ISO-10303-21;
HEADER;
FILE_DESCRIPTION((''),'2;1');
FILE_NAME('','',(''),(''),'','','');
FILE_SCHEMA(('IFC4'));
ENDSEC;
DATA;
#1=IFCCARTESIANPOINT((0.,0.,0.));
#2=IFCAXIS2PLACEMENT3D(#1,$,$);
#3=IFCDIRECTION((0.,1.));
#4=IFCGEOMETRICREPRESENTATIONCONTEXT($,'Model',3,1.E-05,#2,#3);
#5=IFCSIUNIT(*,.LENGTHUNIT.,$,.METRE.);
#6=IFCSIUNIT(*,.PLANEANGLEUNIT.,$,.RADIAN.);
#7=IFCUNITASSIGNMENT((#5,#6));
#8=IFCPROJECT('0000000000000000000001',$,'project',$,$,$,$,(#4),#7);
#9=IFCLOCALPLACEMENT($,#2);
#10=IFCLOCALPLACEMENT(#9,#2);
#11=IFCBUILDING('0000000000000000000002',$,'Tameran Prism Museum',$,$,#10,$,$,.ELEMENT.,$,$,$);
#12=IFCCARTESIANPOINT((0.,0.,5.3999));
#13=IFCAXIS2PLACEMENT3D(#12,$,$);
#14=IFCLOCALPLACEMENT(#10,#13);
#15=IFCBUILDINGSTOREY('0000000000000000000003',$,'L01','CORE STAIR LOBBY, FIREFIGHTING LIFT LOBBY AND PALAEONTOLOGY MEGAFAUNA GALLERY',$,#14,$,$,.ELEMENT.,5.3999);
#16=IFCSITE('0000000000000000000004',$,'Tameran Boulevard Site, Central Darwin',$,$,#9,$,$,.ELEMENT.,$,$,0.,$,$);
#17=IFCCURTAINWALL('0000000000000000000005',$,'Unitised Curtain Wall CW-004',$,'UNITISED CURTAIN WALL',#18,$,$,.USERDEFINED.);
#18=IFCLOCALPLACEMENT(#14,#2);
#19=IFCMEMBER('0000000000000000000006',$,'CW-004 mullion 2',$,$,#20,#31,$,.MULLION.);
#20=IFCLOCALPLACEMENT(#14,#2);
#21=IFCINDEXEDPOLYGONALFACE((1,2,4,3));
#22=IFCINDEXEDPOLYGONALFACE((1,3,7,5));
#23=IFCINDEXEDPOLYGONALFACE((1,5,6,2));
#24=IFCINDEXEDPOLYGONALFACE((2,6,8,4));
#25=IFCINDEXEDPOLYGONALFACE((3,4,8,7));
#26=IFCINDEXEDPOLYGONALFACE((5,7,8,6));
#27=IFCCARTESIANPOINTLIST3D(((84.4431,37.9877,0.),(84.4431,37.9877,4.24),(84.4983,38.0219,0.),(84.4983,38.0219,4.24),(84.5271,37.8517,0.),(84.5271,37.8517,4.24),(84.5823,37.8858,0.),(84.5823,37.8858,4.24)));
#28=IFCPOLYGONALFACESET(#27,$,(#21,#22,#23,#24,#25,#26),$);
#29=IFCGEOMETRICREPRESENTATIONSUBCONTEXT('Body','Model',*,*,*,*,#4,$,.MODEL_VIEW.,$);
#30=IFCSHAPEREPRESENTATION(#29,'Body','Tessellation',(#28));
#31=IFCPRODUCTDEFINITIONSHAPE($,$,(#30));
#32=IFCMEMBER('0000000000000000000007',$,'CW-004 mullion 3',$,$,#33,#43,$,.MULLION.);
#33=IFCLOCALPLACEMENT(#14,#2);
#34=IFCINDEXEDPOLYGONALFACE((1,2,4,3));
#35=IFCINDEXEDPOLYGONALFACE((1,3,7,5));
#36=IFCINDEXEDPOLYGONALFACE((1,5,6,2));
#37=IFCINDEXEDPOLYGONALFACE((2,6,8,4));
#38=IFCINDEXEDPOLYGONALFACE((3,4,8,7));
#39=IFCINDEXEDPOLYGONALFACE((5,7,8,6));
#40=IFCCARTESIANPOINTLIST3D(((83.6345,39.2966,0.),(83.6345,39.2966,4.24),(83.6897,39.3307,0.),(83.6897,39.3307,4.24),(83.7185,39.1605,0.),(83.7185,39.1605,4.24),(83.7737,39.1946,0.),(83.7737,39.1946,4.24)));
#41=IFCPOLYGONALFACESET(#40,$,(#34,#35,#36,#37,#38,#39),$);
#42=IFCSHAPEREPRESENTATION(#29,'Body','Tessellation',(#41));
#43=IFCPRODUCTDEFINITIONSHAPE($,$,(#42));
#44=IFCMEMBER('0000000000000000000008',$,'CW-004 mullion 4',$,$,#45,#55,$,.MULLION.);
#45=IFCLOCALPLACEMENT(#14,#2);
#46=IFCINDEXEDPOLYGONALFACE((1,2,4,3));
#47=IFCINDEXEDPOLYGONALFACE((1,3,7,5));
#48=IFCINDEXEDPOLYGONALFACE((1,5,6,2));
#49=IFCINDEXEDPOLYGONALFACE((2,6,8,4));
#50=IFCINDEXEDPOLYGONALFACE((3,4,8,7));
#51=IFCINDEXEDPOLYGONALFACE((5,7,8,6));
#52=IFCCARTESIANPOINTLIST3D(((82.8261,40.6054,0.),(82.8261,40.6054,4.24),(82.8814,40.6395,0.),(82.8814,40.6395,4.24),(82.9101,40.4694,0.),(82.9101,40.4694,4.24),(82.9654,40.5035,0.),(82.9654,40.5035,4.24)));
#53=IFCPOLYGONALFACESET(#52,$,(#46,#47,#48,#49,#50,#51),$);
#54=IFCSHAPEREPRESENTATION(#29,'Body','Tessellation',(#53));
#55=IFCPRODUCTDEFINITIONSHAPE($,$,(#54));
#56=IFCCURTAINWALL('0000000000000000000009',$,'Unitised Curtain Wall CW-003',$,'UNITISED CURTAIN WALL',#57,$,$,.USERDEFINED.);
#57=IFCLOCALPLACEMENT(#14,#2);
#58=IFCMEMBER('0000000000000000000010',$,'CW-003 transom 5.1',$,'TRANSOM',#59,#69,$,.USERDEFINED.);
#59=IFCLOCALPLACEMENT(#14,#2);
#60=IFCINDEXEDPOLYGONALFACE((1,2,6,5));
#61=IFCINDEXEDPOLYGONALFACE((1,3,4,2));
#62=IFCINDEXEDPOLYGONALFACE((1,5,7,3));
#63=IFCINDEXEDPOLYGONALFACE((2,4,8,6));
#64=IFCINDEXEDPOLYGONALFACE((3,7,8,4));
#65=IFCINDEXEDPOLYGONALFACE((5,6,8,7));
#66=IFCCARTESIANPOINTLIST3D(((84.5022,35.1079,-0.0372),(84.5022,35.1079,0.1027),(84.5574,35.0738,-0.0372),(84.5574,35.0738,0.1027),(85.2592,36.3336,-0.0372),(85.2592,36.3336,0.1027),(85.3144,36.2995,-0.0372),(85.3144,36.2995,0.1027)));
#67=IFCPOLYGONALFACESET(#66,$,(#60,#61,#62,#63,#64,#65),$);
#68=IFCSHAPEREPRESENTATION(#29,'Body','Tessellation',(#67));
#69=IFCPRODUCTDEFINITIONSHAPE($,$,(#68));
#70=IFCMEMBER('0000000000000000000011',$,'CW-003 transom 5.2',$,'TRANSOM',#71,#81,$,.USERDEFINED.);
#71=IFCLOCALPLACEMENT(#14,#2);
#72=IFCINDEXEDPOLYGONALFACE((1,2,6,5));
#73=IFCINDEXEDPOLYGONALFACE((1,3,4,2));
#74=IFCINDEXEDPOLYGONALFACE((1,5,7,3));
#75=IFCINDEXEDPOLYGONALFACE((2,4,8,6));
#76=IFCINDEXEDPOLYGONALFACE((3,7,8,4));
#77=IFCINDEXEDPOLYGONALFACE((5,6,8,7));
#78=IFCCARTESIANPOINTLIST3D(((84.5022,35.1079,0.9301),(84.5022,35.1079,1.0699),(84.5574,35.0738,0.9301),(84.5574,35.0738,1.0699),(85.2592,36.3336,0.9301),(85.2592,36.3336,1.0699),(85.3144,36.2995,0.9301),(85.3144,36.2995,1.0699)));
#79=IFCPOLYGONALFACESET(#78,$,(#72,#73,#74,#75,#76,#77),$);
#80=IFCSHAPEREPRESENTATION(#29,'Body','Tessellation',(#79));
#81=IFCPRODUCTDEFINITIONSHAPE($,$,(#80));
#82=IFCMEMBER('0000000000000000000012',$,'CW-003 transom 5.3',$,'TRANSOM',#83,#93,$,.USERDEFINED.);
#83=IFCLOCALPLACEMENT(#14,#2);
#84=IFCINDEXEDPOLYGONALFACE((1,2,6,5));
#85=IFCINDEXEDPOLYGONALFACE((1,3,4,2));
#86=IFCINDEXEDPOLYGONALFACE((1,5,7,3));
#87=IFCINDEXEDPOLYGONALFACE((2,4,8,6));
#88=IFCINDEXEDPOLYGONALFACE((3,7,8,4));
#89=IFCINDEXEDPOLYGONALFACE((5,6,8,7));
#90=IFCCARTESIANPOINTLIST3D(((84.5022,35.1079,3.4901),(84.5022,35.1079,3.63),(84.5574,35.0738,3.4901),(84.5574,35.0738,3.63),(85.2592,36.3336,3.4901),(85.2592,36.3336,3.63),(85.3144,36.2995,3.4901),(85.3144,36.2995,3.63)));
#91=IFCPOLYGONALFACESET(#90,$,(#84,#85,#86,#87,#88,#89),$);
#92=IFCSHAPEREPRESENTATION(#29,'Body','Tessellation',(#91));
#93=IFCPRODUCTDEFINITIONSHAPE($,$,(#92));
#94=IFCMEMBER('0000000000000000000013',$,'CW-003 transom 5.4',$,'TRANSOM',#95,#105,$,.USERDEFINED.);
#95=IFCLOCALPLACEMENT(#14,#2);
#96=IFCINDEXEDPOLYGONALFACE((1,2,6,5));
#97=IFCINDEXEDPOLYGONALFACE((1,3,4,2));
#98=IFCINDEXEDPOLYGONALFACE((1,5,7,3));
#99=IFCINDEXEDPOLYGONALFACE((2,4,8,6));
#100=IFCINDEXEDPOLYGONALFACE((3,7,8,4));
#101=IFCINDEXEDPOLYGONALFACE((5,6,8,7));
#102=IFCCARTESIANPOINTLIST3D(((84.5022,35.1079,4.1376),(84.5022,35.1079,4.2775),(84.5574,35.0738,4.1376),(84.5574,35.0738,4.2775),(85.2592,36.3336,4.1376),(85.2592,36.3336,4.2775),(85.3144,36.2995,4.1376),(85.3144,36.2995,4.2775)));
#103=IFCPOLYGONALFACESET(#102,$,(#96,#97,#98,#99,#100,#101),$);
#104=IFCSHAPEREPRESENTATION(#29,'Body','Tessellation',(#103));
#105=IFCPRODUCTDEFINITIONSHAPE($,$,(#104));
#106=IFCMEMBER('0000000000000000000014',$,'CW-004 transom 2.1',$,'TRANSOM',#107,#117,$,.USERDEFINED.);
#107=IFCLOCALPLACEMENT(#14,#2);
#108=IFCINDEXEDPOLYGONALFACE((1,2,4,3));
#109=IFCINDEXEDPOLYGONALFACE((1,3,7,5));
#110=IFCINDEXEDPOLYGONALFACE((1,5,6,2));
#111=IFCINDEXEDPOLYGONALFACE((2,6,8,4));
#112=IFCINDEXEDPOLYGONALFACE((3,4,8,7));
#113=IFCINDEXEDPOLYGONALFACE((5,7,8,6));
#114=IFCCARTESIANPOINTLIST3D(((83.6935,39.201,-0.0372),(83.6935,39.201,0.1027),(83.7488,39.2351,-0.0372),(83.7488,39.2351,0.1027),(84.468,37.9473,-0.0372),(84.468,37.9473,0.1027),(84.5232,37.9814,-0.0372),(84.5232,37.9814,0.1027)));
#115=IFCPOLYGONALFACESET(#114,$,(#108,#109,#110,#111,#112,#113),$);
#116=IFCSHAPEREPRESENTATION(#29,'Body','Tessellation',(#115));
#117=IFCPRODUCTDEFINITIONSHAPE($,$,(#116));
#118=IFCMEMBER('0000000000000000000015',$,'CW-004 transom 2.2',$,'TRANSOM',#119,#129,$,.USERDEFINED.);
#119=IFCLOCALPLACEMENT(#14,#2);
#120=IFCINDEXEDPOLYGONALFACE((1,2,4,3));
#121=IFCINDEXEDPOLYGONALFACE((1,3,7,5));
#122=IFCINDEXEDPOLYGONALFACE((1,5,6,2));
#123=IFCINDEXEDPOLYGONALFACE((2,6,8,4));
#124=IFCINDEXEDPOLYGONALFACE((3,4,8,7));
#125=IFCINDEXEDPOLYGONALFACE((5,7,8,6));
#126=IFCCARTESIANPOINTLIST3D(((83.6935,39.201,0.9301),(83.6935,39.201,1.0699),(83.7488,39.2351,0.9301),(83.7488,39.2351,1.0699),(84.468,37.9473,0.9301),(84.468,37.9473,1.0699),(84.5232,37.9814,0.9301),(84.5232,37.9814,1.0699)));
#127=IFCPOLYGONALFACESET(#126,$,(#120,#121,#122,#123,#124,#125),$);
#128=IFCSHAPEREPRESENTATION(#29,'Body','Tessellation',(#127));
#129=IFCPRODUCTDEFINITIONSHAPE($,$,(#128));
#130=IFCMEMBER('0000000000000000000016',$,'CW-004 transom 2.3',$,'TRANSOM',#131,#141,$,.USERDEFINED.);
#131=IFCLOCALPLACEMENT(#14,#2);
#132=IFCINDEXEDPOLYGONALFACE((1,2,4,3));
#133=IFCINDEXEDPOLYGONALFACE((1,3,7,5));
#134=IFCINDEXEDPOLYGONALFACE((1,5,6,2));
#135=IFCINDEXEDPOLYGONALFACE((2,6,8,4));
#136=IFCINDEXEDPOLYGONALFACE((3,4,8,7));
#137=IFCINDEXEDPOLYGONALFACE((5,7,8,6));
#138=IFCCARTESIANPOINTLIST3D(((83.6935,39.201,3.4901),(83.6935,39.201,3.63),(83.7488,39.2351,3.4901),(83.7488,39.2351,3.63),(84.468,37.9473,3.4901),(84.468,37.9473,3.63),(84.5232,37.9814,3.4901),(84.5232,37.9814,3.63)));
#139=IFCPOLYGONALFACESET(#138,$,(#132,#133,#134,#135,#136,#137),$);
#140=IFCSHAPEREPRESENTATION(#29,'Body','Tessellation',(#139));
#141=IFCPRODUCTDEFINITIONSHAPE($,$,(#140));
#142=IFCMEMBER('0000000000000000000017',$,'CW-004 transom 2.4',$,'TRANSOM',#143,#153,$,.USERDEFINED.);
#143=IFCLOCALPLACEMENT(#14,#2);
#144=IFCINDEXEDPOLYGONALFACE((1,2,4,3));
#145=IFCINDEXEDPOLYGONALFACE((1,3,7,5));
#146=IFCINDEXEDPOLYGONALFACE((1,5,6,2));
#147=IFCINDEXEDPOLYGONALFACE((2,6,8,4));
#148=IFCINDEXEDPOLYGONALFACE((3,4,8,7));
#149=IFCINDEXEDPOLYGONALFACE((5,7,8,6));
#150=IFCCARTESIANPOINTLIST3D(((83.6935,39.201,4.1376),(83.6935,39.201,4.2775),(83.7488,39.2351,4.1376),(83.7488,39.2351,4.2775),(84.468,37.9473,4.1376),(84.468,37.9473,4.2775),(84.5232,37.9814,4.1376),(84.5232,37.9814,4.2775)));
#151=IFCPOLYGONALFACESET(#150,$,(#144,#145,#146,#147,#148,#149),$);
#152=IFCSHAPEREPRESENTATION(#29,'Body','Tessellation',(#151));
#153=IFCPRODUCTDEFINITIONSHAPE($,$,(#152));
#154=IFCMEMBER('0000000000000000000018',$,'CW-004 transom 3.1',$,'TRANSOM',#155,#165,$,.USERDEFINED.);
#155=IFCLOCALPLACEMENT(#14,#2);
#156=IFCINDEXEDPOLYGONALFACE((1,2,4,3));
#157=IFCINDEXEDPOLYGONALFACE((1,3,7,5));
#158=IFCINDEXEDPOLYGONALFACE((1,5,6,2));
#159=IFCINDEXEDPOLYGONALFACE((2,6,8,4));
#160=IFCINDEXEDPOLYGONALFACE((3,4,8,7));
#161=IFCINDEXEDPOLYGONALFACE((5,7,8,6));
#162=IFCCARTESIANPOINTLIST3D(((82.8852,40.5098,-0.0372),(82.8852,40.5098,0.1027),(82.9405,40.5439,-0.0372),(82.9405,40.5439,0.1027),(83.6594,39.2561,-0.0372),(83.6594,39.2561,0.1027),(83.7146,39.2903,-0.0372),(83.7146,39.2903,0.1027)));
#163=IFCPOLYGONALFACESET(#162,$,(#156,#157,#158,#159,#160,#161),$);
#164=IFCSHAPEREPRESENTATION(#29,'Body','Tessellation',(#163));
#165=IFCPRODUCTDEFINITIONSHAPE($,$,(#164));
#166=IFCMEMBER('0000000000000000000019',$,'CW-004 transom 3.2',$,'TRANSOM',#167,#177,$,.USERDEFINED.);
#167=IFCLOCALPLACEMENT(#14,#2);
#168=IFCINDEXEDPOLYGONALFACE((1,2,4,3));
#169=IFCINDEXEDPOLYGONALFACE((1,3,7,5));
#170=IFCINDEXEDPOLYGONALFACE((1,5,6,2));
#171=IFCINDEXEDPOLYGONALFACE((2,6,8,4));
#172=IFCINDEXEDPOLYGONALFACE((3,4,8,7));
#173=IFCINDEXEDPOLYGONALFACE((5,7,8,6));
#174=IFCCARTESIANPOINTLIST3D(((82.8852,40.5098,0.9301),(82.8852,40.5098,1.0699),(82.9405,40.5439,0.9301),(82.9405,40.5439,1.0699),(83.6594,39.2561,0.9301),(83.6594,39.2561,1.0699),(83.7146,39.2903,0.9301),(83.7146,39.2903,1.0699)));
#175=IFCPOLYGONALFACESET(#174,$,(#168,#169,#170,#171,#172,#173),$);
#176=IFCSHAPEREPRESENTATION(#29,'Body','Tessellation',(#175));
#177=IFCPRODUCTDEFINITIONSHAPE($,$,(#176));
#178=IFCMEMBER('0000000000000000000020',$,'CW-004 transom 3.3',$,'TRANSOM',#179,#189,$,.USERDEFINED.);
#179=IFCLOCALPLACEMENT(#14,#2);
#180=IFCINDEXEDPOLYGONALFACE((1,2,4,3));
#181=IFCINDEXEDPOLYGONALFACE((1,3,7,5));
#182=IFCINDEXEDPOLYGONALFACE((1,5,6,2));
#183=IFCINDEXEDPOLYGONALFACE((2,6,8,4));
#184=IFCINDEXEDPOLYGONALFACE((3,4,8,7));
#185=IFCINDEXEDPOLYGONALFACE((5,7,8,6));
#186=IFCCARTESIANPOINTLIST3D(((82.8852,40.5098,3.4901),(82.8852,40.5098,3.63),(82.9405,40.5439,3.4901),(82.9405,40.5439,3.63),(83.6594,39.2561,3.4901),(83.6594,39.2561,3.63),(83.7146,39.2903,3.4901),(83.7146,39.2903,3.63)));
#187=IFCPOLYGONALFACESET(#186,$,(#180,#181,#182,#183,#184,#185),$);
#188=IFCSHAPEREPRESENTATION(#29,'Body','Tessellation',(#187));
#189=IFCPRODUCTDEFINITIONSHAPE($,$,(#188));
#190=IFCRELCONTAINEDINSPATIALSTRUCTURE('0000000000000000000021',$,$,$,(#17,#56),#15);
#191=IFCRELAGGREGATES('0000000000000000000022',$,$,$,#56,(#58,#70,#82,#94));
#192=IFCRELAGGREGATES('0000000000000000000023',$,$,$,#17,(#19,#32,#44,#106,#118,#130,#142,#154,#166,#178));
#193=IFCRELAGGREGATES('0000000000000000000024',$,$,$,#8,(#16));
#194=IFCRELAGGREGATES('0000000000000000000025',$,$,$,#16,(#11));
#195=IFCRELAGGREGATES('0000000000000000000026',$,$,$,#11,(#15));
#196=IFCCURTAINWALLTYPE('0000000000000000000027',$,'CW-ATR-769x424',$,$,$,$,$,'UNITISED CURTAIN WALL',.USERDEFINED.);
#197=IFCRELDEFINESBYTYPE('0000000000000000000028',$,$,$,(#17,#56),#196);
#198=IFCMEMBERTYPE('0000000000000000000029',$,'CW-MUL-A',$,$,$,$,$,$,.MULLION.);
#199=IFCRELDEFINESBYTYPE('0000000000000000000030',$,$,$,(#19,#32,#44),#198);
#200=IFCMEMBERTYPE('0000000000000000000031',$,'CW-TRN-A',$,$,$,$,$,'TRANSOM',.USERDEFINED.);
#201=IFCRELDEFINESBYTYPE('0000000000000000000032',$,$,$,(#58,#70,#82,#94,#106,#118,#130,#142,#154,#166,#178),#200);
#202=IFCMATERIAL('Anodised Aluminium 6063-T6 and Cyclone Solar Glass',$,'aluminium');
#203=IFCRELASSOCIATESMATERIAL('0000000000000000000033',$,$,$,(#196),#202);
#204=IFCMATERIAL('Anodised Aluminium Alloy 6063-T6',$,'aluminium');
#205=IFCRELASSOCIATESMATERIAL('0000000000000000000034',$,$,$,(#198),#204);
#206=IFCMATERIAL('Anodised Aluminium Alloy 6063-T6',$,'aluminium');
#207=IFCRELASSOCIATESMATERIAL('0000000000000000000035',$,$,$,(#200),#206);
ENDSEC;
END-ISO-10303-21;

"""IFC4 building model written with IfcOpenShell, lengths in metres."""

from ifc_helpers import new_model, si_unit, direction, frame, origin, origin_2d, place, context, subcontext, project, spatial, rectangle, extrude, material, material_profile, profile_set, type_object, element, aggregate, save


model = new_model("IFC4")

# Units and contexts
model_context = context("Model", 3, precision=1e-05, world=origin(), true_north=direction((0.0, 1.0)))
body_context = subcontext(model_context, "Body", "Model", "MODEL_VIEW")
ifc_project = project(units=[si_unit("LENGTHUNIT", "METRE"), si_unit("PLANEANGLEUNIT", "RADIAN")], contexts=[model_context])

# Site, building, storey
site_placement = place(None, origin())
site = spatial("IfcSite", under=ifc_project, at=site_placement, Name="Tameran Boulevard Site, Central Darwin", CompositionType="ELEMENT", RefElevation=0.0)
building_placement = place(site_placement, origin())
building = spatial("IfcBuilding", under=site, at=building_placement, Name="Tameran Prism Museum", CompositionType="ELEMENT")
storey_placement = place(building_placement, frame((0.0, 0.0, 5.3999)))
storey = spatial("IfcBuildingStorey", under=building, at=storey_placement, Name="L01", Description="CORE STAIR LOBBY, FIREFIGHTING LIFT LOBBY AND PALAEONTOLOGY MEGAFAUNA GALLERY", CompositionType="ELEMENT", Elevation=5.3999)

# Curtain walls, members
ifc_material_1 = material(Name="Anodised Aluminium 6063-T6 and Cyclone Solar Glass", Category="aluminium")
curtain_wall_type = type_object("IfcCurtainWallType", Name="CW-ATR-769x424", ElementType="UNITISED CURTAIN WALL", PredefinedType="USERDEFINED", material=ifc_material_1)
curtain_wall_1_placement = place(storey_placement, origin())
curtain_wall_1 = element("IfcCurtainWall", 1, at=curtain_wall_1_placement, inside=storey, type_object=curtain_wall_type, Name="Unitised Curtain Wall CW-004", ObjectType="UNITISED CURTAIN WALL", PredefinedType="USERDEFINED")
ifc_material_2 = material(Name="Anodised Aluminium Alloy 6063-T6", Category="aluminium")
ifc_material_profile_1 = material_profile(ifc_material_2, rectangle(XDim=0.0649, YDim=0.1599, at=origin_2d()))
ifc_profile_set_1 = profile_set([ifc_material_profile_1])
member_type_1 = type_object("IfcMemberType", Name="CW-MUL-A", PredefinedType="MULLION", material=ifc_profile_set_1)
member_1_placement = place(storey_placement, frame((84.5127, 37.9368, 0.0), z_axis=(0.0, 0.0, 1.0), x_axis=(-0.850791, -0.525504, 0.0)))
member_1 = element("IfcMember", 2, at=member_1_placement, type_object=member_type_1, Name="CW-004 mullion 2", PredefinedType="MULLION", context=body_context, shape_type="SweptSolid", body=[
    extrude(rectangle(XDim=0.0649, YDim=0.1599, at=origin_2d()), origin(), (0.0, 0.0, 1.0), 4.24),
])
member_2_placement = place(storey_placement, frame((83.7041, 39.2456, 0.0), z_axis=(0.0, 0.0, 1.0), x_axis=(-0.850791, -0.525504, 0.0)))
member_2 = element("IfcMember", 3, at=member_2_placement, type_object=member_type_1, Name="CW-004 mullion 3", PredefinedType="MULLION", context=body_context, shape_type="SweptSolid", body=[
    extrude(rectangle(XDim=0.0649, YDim=0.1599, at=origin_2d()), origin(), (0.0, 0.0, 1.0), 4.24),
])
member_3_placement = place(storey_placement, frame((82.8958, 40.5544, 0.0), z_axis=(0.0, 0.0, 1.0), x_axis=(-0.850791, -0.525504, 0.0)))
member_3 = element("IfcMember", 4, at=member_3_placement, type_object=member_type_1, Name="CW-004 mullion 4", PredefinedType="MULLION", context=body_context, shape_type="SweptSolid", body=[
    extrude(rectangle(XDim=0.0649, YDim=0.1599, at=origin_2d()), origin(), (0.0, 0.0, 1.0), 4.24),
])
curtain_wall_2_placement = place(storey_placement, origin())
curtain_wall_2 = element("IfcCurtainWall", 5, at=curtain_wall_2_placement, inside=storey, type_object=curtain_wall_type, Name="Unitised Curtain Wall CW-003", ObjectType="UNITISED CURTAIN WALL", PredefinedType="USERDEFINED")
ifc_material_3 = material(Name="Anodised Aluminium Alloy 6063-T6", Category="aluminium")
ifc_material_profile_2 = material_profile(ifc_material_3, rectangle(XDim=0.0649, YDim=0.1399, at=origin_2d()))
ifc_profile_set_2 = profile_set([ifc_material_profile_2])
member_type_2 = type_object("IfcMemberType", Name="CW-TRN-A", ElementType="TRANSOM", PredefinedType="USERDEFINED", material=ifc_profile_set_2)
member_4_placement = place(storey_placement, frame((84.5298, 35.0908, 0.0327), z_axis=(0.525468, 0.850814, 0.0), x_axis=(-0.850814, 0.525468, 0.0)))
member_4 = element("IfcMember", 6, at=member_4_placement, type_object=member_type_2, Name="CW-003 transom 5.1", ObjectType="TRANSOM", PredefinedType="USERDEFINED", context=body_context, shape_type="SweptSolid", body=[
    extrude(rectangle(XDim=0.0649, YDim=0.1399, at=origin_2d()), origin(), (0.0, 0.0, 1.0), 1.4407),
])
member_5_placement = place(storey_placement, frame((84.5298, 35.0908, 1.0), z_axis=(0.525468, 0.850814, 0.0), x_axis=(-0.850814, 0.525468, 0.0)))
member_5 = element("IfcMember", 7, at=member_5_placement, type_object=member_type_2, Name="CW-003 transom 5.2", ObjectType="TRANSOM", PredefinedType="USERDEFINED", context=body_context, shape_type="SweptSolid", body=[
    extrude(rectangle(XDim=0.0649, YDim=0.1399, at=origin_2d()), origin(), (0.0, 0.0, 1.0), 1.4407),
])
member_6_placement = place(storey_placement, frame((84.5298, 35.0908, 3.5601), z_axis=(0.525468, 0.850814, 0.0), x_axis=(-0.850814, 0.525468, 0.0)))
member_6 = element("IfcMember", 8, at=member_6_placement, type_object=member_type_2, Name="CW-003 transom 5.3", ObjectType="TRANSOM", PredefinedType="USERDEFINED", context=body_context, shape_type="SweptSolid", body=[
    extrude(rectangle(XDim=0.0649, YDim=0.1399, at=origin_2d()), origin(), (0.0, 0.0, 1.0), 1.4407),
])
member_7_placement = place(storey_placement, frame((84.5298, 35.0908, 4.2075), z_axis=(0.525468, 0.850814, 0.0), x_axis=(-0.850814, 0.525468, 0.0)))
member_7 = element("IfcMember", 9, at=member_7_placement, type_object=member_type_2, Name="CW-003 transom 5.4", ObjectType="TRANSOM", PredefinedType="USERDEFINED", context=body_context, shape_type="SweptSolid", body=[
    extrude(rectangle(XDim=0.0649, YDim=0.1399, at=origin_2d()), origin(), (0.0, 0.0, 1.0), 1.4407),
])

# Members
member_8_placement = place(storey_placement, frame((84.4956, 37.9644, 0.0327), z_axis=(-0.525539, 0.85077, 0.0), x_axis=(-0.85077, -0.525539, 0.0)))
member_8 = element("IfcMember", 10, at=member_8_placement, type_object=member_type_2, Name="CW-004 transom 2.1", ObjectType="TRANSOM", PredefinedType="USERDEFINED", context=body_context, shape_type="SweptSolid", body=[
    extrude(rectangle(XDim=0.0649, YDim=0.1399, at=origin_2d()), origin(), (0.0, 0.0, 1.0), 1.4736),
])
member_9_placement = place(storey_placement, frame((84.4956, 37.9644, 1.0), z_axis=(-0.525539, 0.85077, 0.0), x_axis=(-0.85077, -0.525539, 0.0)))
member_9 = element("IfcMember", 11, at=member_9_placement, type_object=member_type_2, Name="CW-004 transom 2.2", ObjectType="TRANSOM", PredefinedType="USERDEFINED", context=body_context, shape_type="SweptSolid", body=[
    extrude(rectangle(XDim=0.0649, YDim=0.1399, at=origin_2d()), origin(), (0.0, 0.0, 1.0), 1.4736),
])
member_10_placement = place(storey_placement, frame((84.4956, 37.9644, 3.5601), z_axis=(-0.525539, 0.85077, 0.0), x_axis=(-0.85077, -0.525539, 0.0)))
member_10 = element("IfcMember", 12, at=member_10_placement, type_object=member_type_2, Name="CW-004 transom 2.3", ObjectType="TRANSOM", PredefinedType="USERDEFINED", context=body_context, shape_type="SweptSolid", body=[
    extrude(rectangle(XDim=0.0649, YDim=0.1399, at=origin_2d()), origin(), (0.0, 0.0, 1.0), 1.4736),
])
member_11_placement = place(storey_placement, frame((84.4956, 37.9644, 4.2075), z_axis=(-0.525539, 0.85077, 0.0), x_axis=(-0.85077, -0.525539, 0.0)))
member_11 = element("IfcMember", 13, at=member_11_placement, type_object=member_type_2, Name="CW-004 transom 2.4", ObjectType="TRANSOM", PredefinedType="USERDEFINED", context=body_context, shape_type="SweptSolid", body=[
    extrude(rectangle(XDim=0.0649, YDim=0.1399, at=origin_2d()), origin(), (0.0, 0.0, 1.0), 1.4736),
])
member_12_placement = place(storey_placement, frame((83.687, 39.2732, 0.0327), z_axis=(-0.525419, 0.850844, 0.0), x_axis=(-0.850844, -0.525419, 0.0)))
member_12 = element("IfcMember", 14, at=member_12_placement, type_object=member_type_2, Name="CW-004 transom 3.1", ObjectType="TRANSOM", PredefinedType="USERDEFINED", context=body_context, shape_type="SweptSolid", body=[
    extrude(rectangle(XDim=0.0649, YDim=0.1399, at=origin_2d()), origin(), (0.0, 0.0, 1.0), 1.4734),
])
member_13_placement = place(storey_placement, frame((83.687, 39.2732, 1.0), z_axis=(-0.525419, 0.850844, 0.0), x_axis=(-0.850844, -0.525419, 0.0)))
member_13 = element("IfcMember", 15, at=member_13_placement, type_object=member_type_2, Name="CW-004 transom 3.2", ObjectType="TRANSOM", PredefinedType="USERDEFINED", context=body_context, shape_type="SweptSolid", body=[
    extrude(rectangle(XDim=0.0649, YDim=0.1399, at=origin_2d()), origin(), (0.0, 0.0, 1.0), 1.4734),
])
member_14_placement = place(storey_placement, frame((83.687, 39.2732, 3.5601), z_axis=(-0.525419, 0.850844, 0.0), x_axis=(-0.850844, -0.525419, 0.0)))
member_14 = element("IfcMember", 16, at=member_14_placement, type_object=member_type_2, Name="CW-004 transom 3.3", ObjectType="TRANSOM", PredefinedType="USERDEFINED", context=body_context, shape_type="SweptSolid", body=[
    extrude(rectangle(XDim=0.0649, YDim=0.1399, at=origin_2d()), origin(), (0.0, 0.0, 1.0), 1.4734),
])

aggregate(curtain_wall_2, [member_4, member_5, member_6, member_7])
aggregate(curtain_wall_1, [member_1, member_2, member_3, member_8, member_9, member_10, member_11, member_12, member_13, member_14])

save(model, "model.ifc")
